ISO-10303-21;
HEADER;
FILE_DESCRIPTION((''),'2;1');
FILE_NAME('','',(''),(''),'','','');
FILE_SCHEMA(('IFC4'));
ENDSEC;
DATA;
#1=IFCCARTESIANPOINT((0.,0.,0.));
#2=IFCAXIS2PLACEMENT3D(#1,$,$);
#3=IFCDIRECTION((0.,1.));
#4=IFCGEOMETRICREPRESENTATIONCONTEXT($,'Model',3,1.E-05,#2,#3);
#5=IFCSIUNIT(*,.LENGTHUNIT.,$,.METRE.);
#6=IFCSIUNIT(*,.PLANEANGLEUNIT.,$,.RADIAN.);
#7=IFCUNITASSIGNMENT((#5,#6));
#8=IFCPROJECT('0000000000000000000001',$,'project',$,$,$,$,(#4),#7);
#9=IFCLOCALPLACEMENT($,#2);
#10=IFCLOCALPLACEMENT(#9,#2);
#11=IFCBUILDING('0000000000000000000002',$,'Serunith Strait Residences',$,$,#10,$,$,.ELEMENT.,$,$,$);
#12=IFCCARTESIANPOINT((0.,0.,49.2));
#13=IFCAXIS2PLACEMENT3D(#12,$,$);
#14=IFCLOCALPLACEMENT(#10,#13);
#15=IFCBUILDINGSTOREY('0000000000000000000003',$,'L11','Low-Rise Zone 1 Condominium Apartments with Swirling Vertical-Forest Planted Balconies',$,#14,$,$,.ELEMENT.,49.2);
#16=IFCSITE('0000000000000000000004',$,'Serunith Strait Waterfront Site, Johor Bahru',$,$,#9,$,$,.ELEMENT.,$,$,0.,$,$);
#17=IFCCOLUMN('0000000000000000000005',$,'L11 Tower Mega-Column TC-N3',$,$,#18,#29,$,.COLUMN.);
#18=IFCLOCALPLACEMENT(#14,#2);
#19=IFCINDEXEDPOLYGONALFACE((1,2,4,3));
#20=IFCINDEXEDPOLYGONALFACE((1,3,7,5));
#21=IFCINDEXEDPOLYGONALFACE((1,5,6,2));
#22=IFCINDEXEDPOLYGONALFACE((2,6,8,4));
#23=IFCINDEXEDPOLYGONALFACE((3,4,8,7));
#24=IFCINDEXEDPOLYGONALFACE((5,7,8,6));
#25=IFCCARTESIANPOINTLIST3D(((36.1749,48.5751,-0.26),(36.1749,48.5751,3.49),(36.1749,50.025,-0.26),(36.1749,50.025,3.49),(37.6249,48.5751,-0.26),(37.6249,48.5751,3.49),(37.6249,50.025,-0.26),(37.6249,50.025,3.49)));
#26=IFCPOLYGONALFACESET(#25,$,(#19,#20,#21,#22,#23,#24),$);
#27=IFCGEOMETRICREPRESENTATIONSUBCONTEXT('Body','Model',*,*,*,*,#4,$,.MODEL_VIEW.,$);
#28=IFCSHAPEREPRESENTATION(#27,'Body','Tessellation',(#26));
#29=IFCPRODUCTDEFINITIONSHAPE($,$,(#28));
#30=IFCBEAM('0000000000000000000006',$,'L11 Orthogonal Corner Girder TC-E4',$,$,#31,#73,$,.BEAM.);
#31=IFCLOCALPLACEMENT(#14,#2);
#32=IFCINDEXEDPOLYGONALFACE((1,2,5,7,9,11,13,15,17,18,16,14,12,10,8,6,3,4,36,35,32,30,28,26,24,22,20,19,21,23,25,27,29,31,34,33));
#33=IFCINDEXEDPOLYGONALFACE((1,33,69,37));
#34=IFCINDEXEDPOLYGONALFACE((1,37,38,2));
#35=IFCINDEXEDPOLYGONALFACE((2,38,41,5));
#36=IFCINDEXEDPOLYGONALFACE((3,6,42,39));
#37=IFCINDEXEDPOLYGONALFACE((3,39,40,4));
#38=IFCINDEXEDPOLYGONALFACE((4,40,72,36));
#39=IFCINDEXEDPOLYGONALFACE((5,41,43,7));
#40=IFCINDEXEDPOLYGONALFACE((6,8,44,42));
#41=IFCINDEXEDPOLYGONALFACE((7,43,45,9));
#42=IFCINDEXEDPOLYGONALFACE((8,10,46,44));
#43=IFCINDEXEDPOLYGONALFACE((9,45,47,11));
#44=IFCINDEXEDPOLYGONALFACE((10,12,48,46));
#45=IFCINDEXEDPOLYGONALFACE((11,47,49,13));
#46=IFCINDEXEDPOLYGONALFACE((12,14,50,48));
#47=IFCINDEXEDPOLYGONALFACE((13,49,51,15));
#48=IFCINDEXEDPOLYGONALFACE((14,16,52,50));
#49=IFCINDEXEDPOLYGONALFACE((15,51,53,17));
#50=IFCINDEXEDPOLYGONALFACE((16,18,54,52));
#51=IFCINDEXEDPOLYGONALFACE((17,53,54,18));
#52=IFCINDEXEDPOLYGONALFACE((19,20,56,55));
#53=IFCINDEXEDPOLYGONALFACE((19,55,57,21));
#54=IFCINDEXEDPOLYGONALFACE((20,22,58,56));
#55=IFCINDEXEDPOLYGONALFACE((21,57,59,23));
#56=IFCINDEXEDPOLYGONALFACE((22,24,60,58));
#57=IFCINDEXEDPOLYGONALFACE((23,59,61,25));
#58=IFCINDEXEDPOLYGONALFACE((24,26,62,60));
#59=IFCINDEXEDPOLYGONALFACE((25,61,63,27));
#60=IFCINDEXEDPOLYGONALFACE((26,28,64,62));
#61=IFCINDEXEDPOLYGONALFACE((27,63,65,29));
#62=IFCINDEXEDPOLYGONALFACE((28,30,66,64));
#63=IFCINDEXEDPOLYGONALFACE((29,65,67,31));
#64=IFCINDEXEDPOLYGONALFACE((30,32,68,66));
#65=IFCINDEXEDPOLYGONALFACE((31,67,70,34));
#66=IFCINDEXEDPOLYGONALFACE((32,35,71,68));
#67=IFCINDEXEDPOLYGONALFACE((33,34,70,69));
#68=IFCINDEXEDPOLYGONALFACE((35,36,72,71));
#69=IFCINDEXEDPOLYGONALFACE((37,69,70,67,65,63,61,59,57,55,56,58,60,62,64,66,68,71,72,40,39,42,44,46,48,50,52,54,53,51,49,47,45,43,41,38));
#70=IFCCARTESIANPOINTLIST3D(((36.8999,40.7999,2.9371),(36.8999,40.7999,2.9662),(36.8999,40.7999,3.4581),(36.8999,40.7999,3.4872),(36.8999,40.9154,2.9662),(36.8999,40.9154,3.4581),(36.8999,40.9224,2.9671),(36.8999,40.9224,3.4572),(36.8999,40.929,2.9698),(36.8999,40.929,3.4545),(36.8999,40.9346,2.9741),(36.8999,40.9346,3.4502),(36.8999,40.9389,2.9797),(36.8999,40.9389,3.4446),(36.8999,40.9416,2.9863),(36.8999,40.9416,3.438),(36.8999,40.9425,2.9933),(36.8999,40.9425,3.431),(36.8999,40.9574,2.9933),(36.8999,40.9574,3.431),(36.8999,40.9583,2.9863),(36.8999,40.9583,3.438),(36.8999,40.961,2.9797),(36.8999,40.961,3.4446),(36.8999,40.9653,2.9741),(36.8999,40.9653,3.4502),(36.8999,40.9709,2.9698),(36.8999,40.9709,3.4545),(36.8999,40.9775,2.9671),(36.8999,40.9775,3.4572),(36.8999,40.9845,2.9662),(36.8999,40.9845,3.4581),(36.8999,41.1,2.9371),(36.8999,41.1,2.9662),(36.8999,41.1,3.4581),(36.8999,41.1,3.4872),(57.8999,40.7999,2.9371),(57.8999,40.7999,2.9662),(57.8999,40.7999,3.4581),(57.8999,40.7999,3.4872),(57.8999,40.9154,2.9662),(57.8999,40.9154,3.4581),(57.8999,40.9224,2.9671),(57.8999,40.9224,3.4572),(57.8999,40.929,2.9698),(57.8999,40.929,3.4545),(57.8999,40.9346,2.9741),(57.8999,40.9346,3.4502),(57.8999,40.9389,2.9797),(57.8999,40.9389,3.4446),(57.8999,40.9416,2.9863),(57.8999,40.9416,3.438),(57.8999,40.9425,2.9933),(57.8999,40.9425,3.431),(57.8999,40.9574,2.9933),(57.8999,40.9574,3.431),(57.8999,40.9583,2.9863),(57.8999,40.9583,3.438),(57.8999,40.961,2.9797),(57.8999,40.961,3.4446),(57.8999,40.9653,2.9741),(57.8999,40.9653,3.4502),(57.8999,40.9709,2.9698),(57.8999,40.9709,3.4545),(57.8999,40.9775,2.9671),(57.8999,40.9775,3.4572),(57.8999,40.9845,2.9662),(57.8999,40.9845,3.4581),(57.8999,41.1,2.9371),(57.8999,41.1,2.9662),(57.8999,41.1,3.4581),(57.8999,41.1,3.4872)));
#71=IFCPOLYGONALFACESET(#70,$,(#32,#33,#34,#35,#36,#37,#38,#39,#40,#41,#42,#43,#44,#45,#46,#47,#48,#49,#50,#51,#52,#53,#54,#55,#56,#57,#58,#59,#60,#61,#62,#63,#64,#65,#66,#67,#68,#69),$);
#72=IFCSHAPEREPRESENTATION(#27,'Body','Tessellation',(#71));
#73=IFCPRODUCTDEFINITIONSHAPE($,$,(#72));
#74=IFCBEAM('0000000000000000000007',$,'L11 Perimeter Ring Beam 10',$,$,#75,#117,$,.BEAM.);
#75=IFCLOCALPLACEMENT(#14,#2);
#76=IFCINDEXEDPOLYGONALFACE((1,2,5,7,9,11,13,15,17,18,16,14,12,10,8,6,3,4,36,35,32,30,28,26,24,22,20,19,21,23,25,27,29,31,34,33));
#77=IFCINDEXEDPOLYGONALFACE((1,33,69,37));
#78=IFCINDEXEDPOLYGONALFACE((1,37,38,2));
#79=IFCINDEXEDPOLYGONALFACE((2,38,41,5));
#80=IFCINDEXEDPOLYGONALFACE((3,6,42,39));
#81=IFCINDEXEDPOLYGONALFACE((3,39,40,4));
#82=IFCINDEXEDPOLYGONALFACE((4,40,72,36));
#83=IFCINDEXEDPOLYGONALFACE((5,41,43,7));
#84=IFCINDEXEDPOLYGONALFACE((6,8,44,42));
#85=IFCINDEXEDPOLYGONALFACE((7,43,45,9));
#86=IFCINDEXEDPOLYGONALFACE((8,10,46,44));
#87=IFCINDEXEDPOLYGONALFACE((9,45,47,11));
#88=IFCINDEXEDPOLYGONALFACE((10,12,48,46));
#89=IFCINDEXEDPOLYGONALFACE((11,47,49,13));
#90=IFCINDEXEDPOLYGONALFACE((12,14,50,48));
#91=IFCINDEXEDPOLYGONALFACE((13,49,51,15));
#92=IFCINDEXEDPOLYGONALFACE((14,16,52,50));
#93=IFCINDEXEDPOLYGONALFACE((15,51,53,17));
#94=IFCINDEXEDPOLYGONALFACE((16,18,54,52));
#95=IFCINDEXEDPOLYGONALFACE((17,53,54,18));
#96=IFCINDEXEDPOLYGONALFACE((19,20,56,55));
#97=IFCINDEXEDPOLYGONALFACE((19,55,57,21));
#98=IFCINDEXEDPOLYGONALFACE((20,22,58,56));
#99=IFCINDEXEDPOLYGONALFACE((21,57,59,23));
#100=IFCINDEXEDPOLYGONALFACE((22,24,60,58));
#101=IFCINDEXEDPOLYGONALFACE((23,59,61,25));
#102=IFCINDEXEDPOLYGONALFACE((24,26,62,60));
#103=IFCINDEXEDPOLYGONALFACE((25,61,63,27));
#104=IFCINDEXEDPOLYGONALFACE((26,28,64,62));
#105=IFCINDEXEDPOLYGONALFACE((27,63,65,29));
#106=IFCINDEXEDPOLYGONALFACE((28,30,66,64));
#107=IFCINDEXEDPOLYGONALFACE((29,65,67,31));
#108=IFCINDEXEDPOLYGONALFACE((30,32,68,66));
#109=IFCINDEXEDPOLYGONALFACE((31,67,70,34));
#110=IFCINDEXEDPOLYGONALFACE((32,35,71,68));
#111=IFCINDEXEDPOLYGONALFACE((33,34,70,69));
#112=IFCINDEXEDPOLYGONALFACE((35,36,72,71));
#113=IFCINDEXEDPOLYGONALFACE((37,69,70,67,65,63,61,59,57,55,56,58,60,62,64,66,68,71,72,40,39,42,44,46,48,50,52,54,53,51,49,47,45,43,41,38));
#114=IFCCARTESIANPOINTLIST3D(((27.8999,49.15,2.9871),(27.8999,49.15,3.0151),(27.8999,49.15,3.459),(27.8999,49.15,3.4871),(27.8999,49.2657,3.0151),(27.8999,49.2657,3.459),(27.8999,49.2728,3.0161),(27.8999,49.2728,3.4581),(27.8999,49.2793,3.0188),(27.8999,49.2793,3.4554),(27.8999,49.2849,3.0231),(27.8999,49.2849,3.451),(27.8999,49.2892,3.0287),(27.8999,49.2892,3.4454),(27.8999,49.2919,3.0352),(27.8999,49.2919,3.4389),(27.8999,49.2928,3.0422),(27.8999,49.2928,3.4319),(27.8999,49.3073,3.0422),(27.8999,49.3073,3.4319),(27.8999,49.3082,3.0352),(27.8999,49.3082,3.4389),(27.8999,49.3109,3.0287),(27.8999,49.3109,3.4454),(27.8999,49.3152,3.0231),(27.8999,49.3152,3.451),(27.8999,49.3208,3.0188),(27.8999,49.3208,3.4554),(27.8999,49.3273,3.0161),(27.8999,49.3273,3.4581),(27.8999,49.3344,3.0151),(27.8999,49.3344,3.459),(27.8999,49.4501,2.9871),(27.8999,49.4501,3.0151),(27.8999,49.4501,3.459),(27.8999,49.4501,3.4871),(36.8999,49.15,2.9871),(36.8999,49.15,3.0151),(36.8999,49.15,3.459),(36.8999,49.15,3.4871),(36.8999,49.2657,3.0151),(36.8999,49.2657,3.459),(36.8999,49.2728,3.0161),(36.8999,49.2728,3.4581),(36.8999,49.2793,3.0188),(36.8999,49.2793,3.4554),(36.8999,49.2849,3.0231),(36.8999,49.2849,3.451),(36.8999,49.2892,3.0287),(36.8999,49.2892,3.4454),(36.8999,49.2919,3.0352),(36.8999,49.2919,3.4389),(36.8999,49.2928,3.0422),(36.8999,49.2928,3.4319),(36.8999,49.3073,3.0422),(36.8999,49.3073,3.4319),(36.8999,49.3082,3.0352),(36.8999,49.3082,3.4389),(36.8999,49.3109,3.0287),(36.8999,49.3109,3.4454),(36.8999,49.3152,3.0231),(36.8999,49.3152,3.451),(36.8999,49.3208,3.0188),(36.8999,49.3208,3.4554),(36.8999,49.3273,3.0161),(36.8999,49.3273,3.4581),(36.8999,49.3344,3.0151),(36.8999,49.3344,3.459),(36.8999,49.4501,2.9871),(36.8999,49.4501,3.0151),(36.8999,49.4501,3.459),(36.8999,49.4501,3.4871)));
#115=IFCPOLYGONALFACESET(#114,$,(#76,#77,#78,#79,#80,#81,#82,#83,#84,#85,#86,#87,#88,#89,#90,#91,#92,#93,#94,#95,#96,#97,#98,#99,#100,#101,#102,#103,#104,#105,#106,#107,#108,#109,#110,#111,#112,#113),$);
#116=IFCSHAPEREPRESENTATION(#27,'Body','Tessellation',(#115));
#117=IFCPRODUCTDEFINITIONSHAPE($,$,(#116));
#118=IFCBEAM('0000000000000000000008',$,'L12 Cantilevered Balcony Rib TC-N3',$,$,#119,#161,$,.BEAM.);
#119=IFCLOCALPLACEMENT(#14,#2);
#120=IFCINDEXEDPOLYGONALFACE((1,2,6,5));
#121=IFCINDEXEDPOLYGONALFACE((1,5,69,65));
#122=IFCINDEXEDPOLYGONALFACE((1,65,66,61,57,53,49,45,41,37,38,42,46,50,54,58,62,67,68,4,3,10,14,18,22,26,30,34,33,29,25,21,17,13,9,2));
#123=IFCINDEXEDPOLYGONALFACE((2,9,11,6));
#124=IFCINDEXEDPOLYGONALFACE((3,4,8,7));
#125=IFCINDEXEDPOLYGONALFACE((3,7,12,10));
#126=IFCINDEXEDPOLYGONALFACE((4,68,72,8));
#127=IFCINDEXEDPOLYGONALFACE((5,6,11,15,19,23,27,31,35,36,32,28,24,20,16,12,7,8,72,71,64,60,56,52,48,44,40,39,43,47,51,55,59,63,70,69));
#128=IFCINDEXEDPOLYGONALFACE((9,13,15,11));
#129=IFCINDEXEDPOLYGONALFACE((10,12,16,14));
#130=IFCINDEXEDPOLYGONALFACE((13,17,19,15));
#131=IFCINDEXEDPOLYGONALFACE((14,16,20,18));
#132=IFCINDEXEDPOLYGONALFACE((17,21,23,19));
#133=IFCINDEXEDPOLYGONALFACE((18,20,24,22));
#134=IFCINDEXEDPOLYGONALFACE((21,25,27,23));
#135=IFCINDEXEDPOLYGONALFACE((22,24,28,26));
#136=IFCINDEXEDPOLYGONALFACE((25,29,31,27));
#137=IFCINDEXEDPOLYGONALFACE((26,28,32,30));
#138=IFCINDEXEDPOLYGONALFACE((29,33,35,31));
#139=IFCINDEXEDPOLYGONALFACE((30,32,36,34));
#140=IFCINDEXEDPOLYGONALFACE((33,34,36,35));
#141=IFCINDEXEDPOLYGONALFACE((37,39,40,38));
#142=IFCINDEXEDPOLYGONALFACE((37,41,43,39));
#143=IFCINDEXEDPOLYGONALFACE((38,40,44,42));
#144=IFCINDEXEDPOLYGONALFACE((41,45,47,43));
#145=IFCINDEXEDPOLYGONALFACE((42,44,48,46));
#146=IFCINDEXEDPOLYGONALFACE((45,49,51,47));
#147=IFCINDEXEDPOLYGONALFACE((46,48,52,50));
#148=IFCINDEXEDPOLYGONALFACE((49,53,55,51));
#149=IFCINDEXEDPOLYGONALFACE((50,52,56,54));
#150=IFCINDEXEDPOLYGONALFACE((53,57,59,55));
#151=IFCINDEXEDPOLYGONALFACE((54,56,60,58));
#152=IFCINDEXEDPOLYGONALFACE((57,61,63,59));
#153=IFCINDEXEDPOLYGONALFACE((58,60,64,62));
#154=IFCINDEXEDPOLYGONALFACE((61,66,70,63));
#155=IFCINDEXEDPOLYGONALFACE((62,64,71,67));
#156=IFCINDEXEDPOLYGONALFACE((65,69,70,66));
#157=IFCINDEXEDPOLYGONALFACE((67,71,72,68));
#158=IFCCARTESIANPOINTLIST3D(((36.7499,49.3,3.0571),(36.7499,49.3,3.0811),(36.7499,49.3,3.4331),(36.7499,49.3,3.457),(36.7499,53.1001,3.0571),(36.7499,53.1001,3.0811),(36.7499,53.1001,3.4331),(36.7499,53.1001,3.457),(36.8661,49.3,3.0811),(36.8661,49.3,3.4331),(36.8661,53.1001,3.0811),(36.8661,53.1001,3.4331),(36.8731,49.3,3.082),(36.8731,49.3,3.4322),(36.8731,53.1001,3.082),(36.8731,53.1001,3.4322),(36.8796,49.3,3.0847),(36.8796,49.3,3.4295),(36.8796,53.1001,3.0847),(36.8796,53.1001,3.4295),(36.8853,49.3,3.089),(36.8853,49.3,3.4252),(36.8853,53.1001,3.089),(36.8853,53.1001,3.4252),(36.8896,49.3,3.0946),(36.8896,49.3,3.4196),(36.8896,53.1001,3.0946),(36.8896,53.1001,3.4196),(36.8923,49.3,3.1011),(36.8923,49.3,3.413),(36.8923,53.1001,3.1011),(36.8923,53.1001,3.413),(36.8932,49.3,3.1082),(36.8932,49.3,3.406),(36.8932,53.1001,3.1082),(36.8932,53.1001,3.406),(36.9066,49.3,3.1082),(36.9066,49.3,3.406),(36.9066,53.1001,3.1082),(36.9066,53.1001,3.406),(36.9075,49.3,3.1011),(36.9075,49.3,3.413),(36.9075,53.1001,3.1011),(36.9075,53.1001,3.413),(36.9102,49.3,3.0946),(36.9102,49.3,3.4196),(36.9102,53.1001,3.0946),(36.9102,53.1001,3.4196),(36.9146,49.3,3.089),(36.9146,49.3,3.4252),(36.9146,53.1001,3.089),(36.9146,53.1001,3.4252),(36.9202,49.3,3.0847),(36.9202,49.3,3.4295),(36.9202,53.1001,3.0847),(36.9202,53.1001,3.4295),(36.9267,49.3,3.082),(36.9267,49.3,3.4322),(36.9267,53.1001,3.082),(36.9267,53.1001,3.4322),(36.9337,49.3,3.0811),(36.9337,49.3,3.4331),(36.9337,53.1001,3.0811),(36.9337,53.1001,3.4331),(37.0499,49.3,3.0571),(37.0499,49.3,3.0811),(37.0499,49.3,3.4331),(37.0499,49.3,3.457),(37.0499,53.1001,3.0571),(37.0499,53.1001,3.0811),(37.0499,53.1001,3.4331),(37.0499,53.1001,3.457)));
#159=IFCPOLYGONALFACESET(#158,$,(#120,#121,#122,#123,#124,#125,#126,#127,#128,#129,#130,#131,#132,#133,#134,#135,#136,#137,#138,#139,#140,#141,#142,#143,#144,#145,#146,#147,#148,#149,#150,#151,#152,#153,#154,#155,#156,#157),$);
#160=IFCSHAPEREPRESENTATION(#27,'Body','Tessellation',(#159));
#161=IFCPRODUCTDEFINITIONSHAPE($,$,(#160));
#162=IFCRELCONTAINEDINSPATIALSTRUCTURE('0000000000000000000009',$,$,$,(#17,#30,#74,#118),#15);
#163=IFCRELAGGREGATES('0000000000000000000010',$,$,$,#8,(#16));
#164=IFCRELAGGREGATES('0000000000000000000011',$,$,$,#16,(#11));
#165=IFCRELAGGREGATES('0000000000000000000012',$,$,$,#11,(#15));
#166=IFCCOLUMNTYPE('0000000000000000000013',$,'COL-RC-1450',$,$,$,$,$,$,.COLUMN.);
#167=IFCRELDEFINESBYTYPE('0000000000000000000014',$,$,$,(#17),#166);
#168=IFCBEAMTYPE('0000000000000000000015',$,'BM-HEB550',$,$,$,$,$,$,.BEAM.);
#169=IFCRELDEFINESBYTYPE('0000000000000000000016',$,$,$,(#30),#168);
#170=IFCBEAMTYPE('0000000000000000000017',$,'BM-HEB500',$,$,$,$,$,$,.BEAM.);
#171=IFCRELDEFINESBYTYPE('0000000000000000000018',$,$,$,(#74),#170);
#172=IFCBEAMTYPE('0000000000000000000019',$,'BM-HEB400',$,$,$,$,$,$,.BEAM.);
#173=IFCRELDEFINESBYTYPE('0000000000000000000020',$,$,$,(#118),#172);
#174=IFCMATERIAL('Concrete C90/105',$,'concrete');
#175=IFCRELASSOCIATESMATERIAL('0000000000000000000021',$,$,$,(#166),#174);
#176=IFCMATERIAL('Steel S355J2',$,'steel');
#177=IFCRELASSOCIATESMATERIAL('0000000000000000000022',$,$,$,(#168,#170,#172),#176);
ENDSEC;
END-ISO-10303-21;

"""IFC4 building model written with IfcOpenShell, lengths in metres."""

from ifc_helpers import new_model, si_unit, direction, frame, origin, origin_2d, place, context, subcontext, project, spatial, rectangle, i_section, extrude, source, transform, mapped, material, material_profile, profile_set, type_object, element, save


model = new_model("IFC4")

# Units and contexts
model_context = context("Model", 3, precision=1e-05, world=origin(), true_north=direction((0.0, 1.0)))
body_context = subcontext(model_context, "Body", "Model", "MODEL_VIEW")
ifc_project = project(units=[si_unit("LENGTHUNIT", "METRE"), si_unit("PLANEANGLEUNIT", "RADIAN")], contexts=[model_context])

# Site, building, storey
site_placement = place(None, origin())
site = spatial("IfcSite", under=ifc_project, at=site_placement, Name="Serunith Strait Waterfront Site, Johor Bahru", CompositionType="ELEMENT", RefElevation=0.0)
building_placement = place(site_placement, origin())
building = spatial("IfcBuilding", under=site, at=building_placement, Name="Serunith Strait Residences", CompositionType="ELEMENT")
storey_placement = place(building_placement, frame((0.0, 0.0, 49.2)))
storey = spatial("IfcBuildingStorey", under=building, at=storey_placement, Name="L11", Description="Low-Rise Zone 1 Condominium Apartments with Swirling Vertical-Forest Planted Balconies", CompositionType="ELEMENT", Elevation=49.2)

# Column
ifc_material_1 = material(Name="Concrete C90/105", Category="concrete")
ifc_material_profile_1 = material_profile(ifc_material_1, rectangle(XDim=1.45, YDim=1.45, at=origin_2d()), Name="RC 1450x1450")
ifc_profile_set_1 = profile_set([ifc_material_profile_1], Name="Concrete C90/105")
column_type = type_object("IfcColumnType", Name="COL-RC-1450", PredefinedType="COLUMN", material=ifc_profile_set_1)
shared_shape_1 = source(origin(), body_context, "Body", "SweptSolid", [
    extrude(rectangle(XDim=1.45, YDim=1.45, at=origin_2d()), origin(), (0.0, 0.0, 1.0), 3.75),
])
column_placement = place(storey_placement, frame((36.8999, 49.3, -0.26), z_axis=(0.0, 0.0, 1.0), x_axis=(1.0, 0.0, 0.0)))
element("IfcColumn", 1, at=column_placement, inside=storey, type_object=column_type, Name="L11 Tower Mega-Column TC-N3", PredefinedType="COLUMN", context=body_context, shape_type="MappedRepresentation", body=[
    mapped(shared_shape_1, transform((0.0, 0.0, 0.0), scale=1.0)),
])

# Beams
ifc_material_2 = material(Name="Steel S355J2", Category="steel")
ifc_material_profile_2 = material_profile(ifc_material_2, i_section(OverallWidth=0.3, OverallDepth=0.55, WebThickness=0.0149, FlangeThickness=0.0291, FilletRadius=0.0271, at=origin_2d()), Name="HEB 550")
ifc_profile_set_2 = profile_set([ifc_material_profile_2], Name="Steel S355J2")
beam_type_1 = type_object("IfcBeamType", Name="BM-HEB550", PredefinedType="BEAM", material=ifc_profile_set_2)
shared_shape_2 = source(origin(), body_context, "Body", "SweptSolid", [
    extrude(i_section(OverallWidth=0.3, OverallDepth=0.55, WebThickness=0.0149, FlangeThickness=0.0291, FilletRadius=0.0271, at=origin_2d()), origin(), (0.0, 0.0, 1.0), 21.0),
])
beam_1_placement = place(storey_placement, frame((36.8999, 40.95, 3.2122), z_axis=(1.0, 0.0, 0.0), x_axis=(0.0, 1.0, 0.0)))
element("IfcBeam", 2, at=beam_1_placement, inside=storey, type_object=beam_type_1, Name="L11 Orthogonal Corner Girder TC-E4", PredefinedType="BEAM", context=body_context, shape_type="MappedRepresentation", body=[
    mapped(shared_shape_2, transform((0.0, 0.0, 0.0), scale=1.0)),
])
ifc_material_profile_3 = material_profile(ifc_material_2, i_section(OverallWidth=0.3, OverallDepth=0.5, WebThickness=0.0144, FlangeThickness=0.0281, FilletRadius=0.0271, at=origin_2d()), Name="HEB 500")
ifc_profile_set_3 = profile_set([ifc_material_profile_3], Name="Steel S355J2")
beam_type_2 = type_object("IfcBeamType", Name="BM-HEB500", PredefinedType="BEAM", material=ifc_profile_set_3)
shared_shape_3 = source(origin(), body_context, "Body", "SweptSolid", [
    extrude(i_section(OverallWidth=0.3, OverallDepth=0.5, WebThickness=0.0144, FlangeThickness=0.0281, FilletRadius=0.0271, at=origin_2d()), origin(), (0.0, 0.0, 1.0), 9.0),
])
beam_2_placement = place(storey_placement, frame((36.8999, 49.3, 3.2371), z_axis=(-1.0, 0.0, 0.0), x_axis=(0.0, -1.0, 0.0)))
element("IfcBeam", 3, at=beam_2_placement, inside=storey, type_object=beam_type_2, Name="L11 Perimeter Ring Beam 10", PredefinedType="BEAM", context=body_context, shape_type="MappedRepresentation", body=[
    mapped(shared_shape_3, transform((0.0, 0.0, 0.0), scale=1.0)),
])
ifc_material_profile_4 = material_profile(ifc_material_2, i_section(OverallWidth=0.3, OverallDepth=0.3999, WebThickness=0.0134, FlangeThickness=0.0239, FilletRadius=0.0271, at=origin_2d()), Name="HEB 400")
ifc_profile_set_4 = profile_set([ifc_material_profile_4], Name="Steel S355J2")
beam_type_3 = type_object("IfcBeamType", Name="BM-HEB400", PredefinedType="BEAM", material=ifc_profile_set_4)
shared_shape_4 = source(origin(), body_context, "Body", "SweptSolid", [
    extrude(i_section(OverallWidth=0.3, OverallDepth=0.3999, WebThickness=0.0134, FlangeThickness=0.0239, FilletRadius=0.0271, at=origin_2d()), origin(), (0.0, 0.0, 1.0), 3.8),
])
beam_3_placement = place(storey_placement, frame((36.8999, 49.3, 3.2571), z_axis=(0.0, 1.0, 0.0), x_axis=(-1.0, 0.0, 0.0)))
element("IfcBeam", 4, at=beam_3_placement, inside=storey, type_object=beam_type_3, Name="L12 Cantilevered Balcony Rib TC-N3", PredefinedType="BEAM", context=body_context, shape_type="MappedRepresentation", body=[
    mapped(shared_shape_4, transform((0.0, 0.0, 0.0), scale=1.0)),
])

save(model, "model.ifc")
